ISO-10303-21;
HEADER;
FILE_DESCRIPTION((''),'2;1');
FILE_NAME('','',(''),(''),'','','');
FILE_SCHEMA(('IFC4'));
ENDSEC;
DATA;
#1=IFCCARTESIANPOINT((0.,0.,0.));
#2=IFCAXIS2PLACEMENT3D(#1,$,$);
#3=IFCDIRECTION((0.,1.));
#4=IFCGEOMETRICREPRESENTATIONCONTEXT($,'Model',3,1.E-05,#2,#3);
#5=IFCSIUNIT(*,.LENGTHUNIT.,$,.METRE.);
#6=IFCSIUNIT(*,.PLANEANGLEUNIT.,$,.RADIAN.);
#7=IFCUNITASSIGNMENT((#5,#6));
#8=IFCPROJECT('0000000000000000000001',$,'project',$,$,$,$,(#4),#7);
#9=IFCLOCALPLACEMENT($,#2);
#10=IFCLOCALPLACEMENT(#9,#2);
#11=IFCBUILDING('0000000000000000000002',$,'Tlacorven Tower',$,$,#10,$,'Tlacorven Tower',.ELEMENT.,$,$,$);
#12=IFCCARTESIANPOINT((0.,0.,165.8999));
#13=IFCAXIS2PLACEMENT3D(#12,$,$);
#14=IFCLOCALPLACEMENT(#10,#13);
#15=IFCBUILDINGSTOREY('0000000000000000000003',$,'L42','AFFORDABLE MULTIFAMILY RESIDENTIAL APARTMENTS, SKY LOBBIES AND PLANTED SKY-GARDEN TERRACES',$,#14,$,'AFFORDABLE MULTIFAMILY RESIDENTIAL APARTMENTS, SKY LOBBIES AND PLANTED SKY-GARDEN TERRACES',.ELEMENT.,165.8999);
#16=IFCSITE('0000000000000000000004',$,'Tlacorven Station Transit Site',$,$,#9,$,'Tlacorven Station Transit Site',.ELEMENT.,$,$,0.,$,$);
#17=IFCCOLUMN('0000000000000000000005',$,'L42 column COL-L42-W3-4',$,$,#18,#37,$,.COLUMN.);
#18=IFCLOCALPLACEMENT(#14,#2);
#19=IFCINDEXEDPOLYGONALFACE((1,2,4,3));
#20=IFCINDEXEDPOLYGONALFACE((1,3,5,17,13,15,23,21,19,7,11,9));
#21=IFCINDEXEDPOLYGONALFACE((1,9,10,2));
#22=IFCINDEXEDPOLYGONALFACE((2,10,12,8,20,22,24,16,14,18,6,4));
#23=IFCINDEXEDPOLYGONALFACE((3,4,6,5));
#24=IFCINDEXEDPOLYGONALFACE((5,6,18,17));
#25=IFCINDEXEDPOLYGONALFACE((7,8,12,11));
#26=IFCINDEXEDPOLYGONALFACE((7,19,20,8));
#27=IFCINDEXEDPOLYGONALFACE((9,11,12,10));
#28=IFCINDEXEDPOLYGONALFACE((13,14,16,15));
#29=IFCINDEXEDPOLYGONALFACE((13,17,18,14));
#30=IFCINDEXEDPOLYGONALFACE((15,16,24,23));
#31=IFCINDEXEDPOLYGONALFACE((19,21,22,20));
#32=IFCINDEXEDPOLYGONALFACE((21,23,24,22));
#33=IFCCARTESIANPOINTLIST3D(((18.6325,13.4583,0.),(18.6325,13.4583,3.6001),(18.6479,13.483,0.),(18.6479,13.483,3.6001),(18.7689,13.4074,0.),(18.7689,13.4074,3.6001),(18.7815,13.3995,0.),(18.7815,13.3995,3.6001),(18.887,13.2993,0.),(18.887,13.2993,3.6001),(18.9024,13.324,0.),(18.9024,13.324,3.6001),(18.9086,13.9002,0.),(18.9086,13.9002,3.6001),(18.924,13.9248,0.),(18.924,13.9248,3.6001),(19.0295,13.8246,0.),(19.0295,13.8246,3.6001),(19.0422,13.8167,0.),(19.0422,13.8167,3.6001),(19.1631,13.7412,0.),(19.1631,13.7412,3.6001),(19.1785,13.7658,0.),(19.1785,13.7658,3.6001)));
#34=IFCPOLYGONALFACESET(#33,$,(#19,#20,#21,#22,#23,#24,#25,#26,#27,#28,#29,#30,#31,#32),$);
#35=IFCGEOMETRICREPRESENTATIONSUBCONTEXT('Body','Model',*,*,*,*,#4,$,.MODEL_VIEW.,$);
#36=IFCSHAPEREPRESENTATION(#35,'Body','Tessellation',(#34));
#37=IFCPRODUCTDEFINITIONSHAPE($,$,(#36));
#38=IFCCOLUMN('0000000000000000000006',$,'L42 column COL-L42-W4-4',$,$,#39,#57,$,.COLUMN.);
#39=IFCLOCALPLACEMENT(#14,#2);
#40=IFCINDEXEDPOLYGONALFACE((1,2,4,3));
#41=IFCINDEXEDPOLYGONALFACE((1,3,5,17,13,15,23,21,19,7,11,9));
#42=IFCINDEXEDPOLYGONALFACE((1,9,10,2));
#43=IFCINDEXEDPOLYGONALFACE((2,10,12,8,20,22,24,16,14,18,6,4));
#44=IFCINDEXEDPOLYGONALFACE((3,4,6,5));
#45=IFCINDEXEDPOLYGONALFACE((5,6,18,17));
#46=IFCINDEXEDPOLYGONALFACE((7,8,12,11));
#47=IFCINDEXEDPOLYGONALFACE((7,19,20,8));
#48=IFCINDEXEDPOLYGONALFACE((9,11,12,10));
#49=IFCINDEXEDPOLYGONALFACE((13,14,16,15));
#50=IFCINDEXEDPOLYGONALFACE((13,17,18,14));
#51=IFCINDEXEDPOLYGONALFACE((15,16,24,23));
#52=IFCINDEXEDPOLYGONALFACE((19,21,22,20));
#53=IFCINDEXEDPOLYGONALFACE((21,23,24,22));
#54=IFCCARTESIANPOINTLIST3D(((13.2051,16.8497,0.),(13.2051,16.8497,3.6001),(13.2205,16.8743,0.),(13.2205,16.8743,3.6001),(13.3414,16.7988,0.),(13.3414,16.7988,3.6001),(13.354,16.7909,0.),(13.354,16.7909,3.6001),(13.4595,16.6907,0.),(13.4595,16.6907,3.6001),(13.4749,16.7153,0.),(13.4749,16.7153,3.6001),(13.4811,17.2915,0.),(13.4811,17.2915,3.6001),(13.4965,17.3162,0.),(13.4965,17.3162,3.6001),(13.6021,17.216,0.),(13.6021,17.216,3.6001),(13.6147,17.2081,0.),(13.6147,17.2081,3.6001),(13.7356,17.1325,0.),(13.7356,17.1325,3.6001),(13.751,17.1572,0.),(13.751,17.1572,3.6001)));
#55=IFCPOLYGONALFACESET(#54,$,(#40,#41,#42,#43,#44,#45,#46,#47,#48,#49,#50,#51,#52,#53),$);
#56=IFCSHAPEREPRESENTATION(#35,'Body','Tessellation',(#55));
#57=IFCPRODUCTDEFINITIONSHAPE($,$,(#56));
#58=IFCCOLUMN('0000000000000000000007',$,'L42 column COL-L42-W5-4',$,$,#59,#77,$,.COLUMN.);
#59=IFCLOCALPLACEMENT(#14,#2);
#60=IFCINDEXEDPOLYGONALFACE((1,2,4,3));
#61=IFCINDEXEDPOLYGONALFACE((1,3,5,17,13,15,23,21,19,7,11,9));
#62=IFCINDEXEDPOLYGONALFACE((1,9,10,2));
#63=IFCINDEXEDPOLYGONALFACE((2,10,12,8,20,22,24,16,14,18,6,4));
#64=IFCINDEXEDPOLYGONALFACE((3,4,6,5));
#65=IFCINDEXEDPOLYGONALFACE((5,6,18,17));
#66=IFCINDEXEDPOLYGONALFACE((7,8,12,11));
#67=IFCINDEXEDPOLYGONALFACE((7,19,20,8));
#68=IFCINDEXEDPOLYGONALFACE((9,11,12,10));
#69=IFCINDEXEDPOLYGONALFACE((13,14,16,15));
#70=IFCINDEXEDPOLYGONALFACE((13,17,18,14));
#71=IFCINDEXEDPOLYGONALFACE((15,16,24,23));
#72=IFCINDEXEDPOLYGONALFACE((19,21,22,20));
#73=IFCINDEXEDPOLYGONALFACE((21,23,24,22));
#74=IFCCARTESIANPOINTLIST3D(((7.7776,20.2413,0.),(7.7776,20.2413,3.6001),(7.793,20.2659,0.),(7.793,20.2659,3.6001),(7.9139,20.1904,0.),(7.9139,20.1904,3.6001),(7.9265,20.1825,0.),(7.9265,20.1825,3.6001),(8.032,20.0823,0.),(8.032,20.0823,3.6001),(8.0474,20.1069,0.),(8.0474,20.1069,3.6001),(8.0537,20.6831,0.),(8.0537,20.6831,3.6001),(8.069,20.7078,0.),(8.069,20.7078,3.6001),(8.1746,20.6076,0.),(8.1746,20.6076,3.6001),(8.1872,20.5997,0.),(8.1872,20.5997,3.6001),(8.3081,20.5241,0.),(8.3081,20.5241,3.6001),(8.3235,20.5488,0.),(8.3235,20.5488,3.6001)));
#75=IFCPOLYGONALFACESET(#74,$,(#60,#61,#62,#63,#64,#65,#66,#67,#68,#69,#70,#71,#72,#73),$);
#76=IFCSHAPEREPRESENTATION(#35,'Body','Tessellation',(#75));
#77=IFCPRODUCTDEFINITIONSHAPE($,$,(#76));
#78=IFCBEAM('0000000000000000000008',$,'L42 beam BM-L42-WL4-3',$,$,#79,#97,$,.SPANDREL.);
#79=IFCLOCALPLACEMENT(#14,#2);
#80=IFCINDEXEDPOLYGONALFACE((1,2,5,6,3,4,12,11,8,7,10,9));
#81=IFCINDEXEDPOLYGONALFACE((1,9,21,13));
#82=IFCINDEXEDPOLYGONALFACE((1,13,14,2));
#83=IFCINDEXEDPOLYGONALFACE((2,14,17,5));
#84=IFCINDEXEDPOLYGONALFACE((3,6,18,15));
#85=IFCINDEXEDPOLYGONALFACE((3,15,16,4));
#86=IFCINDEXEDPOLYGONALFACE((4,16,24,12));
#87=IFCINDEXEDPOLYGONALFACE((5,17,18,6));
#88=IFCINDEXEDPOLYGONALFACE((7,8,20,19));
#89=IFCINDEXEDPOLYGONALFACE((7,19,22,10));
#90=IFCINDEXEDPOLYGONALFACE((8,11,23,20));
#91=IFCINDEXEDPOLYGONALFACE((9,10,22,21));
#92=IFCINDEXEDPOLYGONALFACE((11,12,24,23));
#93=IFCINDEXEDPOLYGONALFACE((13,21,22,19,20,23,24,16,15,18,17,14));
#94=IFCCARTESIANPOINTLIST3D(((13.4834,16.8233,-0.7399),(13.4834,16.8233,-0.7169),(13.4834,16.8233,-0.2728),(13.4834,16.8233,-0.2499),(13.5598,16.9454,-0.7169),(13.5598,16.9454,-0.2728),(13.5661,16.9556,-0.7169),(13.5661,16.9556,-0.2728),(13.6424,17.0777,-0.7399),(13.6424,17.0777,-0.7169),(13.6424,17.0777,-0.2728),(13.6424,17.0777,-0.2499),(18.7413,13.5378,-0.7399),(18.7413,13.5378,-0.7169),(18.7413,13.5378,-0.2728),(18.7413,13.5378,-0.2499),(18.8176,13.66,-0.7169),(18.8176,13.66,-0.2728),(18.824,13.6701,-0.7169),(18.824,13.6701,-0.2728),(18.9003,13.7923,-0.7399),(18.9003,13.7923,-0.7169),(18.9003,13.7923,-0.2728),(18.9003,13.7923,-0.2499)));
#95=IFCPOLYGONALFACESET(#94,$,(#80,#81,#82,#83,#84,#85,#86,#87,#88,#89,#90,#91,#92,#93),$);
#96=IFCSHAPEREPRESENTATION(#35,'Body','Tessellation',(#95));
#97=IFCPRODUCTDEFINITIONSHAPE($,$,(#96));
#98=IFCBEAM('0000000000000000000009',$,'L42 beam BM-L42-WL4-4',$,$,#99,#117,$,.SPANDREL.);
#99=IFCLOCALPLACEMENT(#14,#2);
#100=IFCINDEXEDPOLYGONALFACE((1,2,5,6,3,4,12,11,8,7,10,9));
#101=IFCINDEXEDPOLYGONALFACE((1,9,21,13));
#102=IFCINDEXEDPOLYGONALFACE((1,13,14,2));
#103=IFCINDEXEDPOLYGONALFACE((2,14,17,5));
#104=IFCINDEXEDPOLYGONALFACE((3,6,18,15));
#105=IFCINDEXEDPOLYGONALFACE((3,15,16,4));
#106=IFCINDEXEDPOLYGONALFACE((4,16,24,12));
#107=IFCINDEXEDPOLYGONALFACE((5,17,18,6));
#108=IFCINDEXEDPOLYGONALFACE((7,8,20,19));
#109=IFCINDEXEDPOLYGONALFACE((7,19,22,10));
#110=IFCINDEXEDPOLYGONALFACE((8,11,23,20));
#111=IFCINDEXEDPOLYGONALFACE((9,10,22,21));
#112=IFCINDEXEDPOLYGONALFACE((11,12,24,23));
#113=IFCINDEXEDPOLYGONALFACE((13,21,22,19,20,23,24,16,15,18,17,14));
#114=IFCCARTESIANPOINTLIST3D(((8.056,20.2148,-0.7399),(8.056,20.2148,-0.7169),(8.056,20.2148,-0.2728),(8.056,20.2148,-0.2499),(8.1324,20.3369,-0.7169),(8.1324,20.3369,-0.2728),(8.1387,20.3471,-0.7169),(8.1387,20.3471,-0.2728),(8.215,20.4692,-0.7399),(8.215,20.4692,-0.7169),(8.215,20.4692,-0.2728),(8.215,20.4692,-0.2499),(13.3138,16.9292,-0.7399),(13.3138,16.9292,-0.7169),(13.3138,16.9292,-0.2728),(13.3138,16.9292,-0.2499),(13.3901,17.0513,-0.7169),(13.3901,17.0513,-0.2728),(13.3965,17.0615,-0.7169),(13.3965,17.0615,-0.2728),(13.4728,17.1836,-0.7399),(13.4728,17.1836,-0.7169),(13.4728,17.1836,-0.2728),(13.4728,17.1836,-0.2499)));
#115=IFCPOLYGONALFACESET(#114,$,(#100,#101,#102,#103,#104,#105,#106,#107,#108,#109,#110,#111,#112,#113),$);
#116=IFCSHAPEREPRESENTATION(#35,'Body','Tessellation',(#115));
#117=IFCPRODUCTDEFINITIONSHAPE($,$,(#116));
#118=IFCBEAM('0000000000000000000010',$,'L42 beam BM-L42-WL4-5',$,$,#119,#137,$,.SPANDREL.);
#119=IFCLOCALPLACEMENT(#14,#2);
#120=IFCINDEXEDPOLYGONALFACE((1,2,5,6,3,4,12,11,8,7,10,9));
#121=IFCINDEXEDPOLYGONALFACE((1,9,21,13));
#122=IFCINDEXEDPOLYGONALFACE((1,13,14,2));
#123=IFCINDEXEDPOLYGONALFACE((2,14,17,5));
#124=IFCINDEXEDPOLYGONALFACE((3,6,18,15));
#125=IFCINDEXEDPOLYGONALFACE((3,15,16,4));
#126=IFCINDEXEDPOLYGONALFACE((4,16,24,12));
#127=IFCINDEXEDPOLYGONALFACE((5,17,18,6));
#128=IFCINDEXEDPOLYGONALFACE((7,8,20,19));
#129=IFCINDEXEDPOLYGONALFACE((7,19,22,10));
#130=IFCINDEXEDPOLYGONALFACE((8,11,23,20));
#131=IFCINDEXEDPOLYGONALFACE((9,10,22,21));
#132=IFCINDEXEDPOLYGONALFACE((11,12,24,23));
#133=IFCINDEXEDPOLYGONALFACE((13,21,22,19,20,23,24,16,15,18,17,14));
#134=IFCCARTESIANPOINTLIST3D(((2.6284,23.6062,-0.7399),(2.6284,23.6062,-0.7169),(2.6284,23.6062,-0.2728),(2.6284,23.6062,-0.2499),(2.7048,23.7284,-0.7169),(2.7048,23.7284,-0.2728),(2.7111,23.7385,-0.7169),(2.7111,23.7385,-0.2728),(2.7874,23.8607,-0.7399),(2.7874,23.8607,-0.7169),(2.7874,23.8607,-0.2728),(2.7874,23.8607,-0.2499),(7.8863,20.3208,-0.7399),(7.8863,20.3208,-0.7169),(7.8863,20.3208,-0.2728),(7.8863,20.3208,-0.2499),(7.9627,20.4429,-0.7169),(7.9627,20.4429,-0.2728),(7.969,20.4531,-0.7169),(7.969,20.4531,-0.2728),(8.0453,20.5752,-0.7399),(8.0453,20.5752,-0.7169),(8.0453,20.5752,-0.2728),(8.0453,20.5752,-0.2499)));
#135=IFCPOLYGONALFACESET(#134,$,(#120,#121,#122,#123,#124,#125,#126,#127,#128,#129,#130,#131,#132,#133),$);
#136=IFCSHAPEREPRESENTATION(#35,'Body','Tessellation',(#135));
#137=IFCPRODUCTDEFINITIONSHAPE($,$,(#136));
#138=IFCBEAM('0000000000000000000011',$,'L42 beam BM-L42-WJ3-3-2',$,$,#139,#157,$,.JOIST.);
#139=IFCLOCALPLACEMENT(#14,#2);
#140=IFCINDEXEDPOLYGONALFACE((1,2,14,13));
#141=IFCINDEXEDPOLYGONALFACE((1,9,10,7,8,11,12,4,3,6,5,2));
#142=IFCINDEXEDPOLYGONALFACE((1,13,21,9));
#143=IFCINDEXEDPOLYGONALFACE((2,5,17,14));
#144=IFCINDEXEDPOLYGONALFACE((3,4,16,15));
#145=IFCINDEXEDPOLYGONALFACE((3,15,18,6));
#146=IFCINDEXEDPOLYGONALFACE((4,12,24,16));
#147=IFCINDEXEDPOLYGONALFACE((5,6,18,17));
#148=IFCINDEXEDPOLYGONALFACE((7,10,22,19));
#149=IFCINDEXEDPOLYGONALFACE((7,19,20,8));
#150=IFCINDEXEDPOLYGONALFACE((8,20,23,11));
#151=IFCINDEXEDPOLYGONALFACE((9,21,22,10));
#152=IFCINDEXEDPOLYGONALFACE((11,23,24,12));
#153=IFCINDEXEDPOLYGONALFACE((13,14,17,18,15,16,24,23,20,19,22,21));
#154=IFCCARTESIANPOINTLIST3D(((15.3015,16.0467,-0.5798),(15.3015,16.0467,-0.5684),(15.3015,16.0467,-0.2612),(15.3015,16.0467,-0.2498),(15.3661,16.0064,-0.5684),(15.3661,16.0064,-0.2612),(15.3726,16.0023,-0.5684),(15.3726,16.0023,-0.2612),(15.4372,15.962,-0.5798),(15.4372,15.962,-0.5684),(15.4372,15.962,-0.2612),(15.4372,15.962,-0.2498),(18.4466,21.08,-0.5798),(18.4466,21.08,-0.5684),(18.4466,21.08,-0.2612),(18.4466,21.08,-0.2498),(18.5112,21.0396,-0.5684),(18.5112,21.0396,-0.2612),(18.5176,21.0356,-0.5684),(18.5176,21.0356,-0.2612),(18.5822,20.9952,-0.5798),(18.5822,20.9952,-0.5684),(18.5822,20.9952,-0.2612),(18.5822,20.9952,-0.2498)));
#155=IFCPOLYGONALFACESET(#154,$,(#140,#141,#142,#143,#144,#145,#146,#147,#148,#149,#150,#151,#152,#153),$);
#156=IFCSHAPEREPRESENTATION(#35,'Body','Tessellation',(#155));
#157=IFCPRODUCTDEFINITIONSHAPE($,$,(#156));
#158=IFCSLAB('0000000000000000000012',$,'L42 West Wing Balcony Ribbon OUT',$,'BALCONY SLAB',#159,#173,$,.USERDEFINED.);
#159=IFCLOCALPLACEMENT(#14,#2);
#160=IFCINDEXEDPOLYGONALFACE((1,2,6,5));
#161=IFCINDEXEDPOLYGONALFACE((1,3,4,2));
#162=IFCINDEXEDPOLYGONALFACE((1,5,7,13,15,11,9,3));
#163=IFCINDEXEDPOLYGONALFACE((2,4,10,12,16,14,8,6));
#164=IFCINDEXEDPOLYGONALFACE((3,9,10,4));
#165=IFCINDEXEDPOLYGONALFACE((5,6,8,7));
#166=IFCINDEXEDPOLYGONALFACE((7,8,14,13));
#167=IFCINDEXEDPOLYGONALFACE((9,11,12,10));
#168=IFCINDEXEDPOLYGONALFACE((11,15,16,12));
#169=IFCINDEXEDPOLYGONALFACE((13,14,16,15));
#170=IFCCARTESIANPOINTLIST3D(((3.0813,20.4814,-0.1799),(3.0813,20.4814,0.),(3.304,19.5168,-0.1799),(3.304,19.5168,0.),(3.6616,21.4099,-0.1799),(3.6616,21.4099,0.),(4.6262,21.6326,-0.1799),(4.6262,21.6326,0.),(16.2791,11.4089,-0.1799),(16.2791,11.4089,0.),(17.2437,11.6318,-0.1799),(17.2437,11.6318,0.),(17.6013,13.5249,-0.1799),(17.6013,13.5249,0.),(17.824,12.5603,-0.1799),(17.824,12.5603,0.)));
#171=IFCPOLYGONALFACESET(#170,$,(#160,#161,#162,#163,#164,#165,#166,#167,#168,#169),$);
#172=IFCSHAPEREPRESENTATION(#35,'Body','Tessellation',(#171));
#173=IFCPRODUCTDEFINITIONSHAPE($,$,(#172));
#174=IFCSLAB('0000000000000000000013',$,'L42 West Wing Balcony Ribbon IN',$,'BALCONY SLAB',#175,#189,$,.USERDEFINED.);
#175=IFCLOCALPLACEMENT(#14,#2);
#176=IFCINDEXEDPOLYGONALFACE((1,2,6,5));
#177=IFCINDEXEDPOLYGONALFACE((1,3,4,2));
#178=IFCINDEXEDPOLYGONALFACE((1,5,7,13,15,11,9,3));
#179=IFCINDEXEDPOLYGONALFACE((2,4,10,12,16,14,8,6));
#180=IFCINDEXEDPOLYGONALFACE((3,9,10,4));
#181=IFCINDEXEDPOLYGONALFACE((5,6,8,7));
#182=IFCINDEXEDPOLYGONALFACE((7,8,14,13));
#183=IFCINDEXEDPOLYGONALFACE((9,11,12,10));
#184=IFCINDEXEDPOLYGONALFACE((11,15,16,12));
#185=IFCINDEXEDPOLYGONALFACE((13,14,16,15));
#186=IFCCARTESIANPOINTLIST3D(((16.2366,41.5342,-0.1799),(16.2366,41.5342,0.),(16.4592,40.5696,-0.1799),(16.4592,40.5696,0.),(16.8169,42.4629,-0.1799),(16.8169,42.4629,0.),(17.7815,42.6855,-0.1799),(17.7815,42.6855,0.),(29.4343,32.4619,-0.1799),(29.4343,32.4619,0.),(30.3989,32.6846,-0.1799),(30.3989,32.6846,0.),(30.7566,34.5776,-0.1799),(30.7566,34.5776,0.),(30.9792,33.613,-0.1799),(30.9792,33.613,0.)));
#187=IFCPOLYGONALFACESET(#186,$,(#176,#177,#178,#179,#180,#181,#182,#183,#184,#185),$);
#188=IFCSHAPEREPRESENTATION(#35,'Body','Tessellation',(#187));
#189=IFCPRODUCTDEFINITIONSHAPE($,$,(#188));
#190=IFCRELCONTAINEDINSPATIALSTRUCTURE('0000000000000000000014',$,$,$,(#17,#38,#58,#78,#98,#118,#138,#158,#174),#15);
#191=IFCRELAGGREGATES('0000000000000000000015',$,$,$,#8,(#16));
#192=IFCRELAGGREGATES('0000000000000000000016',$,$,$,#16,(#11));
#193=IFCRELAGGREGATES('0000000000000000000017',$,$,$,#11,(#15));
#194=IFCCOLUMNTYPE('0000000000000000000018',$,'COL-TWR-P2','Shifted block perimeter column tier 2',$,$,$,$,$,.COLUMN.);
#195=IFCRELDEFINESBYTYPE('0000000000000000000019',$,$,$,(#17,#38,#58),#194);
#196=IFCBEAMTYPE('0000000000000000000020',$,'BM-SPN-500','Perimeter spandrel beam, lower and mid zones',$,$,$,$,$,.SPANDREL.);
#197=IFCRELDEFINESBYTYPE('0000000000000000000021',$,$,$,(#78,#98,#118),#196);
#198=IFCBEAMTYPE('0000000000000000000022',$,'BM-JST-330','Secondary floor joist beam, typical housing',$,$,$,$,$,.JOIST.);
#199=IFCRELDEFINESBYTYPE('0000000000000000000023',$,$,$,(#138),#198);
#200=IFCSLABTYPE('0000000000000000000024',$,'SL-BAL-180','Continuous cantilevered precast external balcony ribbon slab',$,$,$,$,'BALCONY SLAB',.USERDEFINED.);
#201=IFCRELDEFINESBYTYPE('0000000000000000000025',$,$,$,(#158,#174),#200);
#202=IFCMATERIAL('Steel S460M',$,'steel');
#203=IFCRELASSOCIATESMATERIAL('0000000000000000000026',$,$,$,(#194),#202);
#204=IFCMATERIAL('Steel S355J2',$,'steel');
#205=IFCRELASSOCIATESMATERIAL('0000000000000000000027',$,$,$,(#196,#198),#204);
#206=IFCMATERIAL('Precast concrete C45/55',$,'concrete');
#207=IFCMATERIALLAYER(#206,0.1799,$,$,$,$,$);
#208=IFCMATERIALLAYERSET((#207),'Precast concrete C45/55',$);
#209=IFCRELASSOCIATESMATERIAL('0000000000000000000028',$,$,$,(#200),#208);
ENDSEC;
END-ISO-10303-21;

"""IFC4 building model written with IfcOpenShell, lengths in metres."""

from ifc_helpers import new_model, si_unit, direction, frame, origin, origin_2d, place, context, subcontext, project, spatial, polyline, i_section, outline, extrude, source, transform, mapped, material, layer, layer_set, material_profile, profile_set, type_object, element, save


model = new_model("IFC4")

# Units and contexts
model_context = context("Model", 3, precision=1e-05, world=origin(), true_north=direction((0.0, 1.0)))
body_context = subcontext(model_context, "Body", "Model", "MODEL_VIEW")
ifc_project = project(units=[si_unit("LENGTHUNIT", "METRE"), si_unit("PLANEANGLEUNIT", "RADIAN")], contexts=[model_context])

# Site, building, storey
site_placement = place(None, origin())
site = spatial("IfcSite", under=ifc_project, at=site_placement, Name="Tlacorven Station Transit Site", LongName="Tlacorven Station Transit Site", CompositionType="ELEMENT", RefElevation=0.0)
building_placement = place(site_placement, origin())
building = spatial("IfcBuilding", under=site, at=building_placement, Name="Tlacorven Tower", LongName="Tlacorven Tower", CompositionType="ELEMENT")
storey_placement = place(building_placement, frame((0.0, 0.0, 165.8999)))
storey = spatial("IfcBuildingStorey", under=building, at=storey_placement, Name="L42", Description="AFFORDABLE MULTIFAMILY RESIDENTIAL APARTMENTS, SKY LOBBIES AND PLANTED SKY-GARDEN TERRACES", LongName="AFFORDABLE MULTIFAMILY RESIDENTIAL APARTMENTS, SKY LOBBIES AND PLANTED SKY-GARDEN TERRACES", CompositionType="ELEMENT", Elevation=165.8999)

# Columns
ifc_material_1 = material(Name="Steel S460M", Category="steel")
ifc_material_profile_1 = material_profile(ifc_material_1, i_section(OverallWidth=0.3, OverallDepth=0.55, WebThickness=0.0149, FlangeThickness=0.0291, at=origin_2d()), Name="HEB 550")
ifc_profile_set_1 = profile_set([ifc_material_profile_1], Name="Steel S460M")
column_type = type_object("IfcColumnType", Name="COL-TWR-P2", Description="Shifted block perimeter column tier 2", PredefinedType="COLUMN", material=ifc_profile_set_1)
shared_shape_1 = source(origin(), body_context, "Body", "SweptSolid", [
    extrude(i_section(OverallWidth=0.3, OverallDepth=0.55, WebThickness=0.0149, FlangeThickness=0.0291, at=origin_2d()), origin(), (0.0, 0.0, 1.0), 3.6001),
])
for number, where, z_axis, x_axis, name in (
    (1, (18.9055, 13.6121, 0.0), (0.0, 0.0, 1.0), (-0.848048, 0.529919, 0.0), "L42 column COL-L42-W3-4"),
    (2, (13.478, 17.0034, 0.0), (0.0, 0.0, 1.0), (-0.848048, 0.529919, 0.0), "L42 column COL-L42-W4-4"),
    (3, (8.0505, 20.395, 0.0), (0.0, 0.0, 1.0), (-0.848048, 0.529919, 0.0), "L42 column COL-L42-W5-4"),
):
    element("IfcColumn", number, at=place(storey_placement, frame(where, z_axis=z_axis, x_axis=x_axis)), inside=storey, type_object=column_type, Name=name, PredefinedType="COLUMN", context=body_context, shape_type="MappedRepresentation", body=[
        mapped(shared_shape_1, transform((0.0, 0.0, 0.0), scale=1.0)),
    ])

# Beams
ifc_material_2 = material(Name="Steel S355J2", Category="steel")
ifc_material_profile_2 = material_profile(ifc_material_2, i_section(OverallWidth=0.3, OverallDepth=0.49, WebThickness=0.012, FlangeThickness=0.0229, at=origin_2d()), Name="HEA 500")
ifc_profile_set_2 = profile_set([ifc_material_profile_2], Name="Steel S355J2")
beam_type_1 = type_object("IfcBeamType", Name="BM-SPN-500", Description="Perimeter spandrel beam, lower and mid zones", PredefinedType="SPANDREL", material=ifc_profile_set_2)
shared_shape_2 = source(origin(), body_context, "Body", "SweptSolid", [
    extrude(i_section(OverallWidth=0.3, OverallDepth=0.49, WebThickness=0.012, FlangeThickness=0.0229, at=origin_2d()), origin(), (0.0, 0.0, 1.0), 6.2),
])
for number, where, z_axis, x_axis, name in (
    (4, (18.8208, 13.665, -0.4949), (-0.848051, 0.529914, 0.0), (-0.529914, -0.848051, 0.0), "L42 beam BM-L42-WL4-3"),
    (5, (13.3933, 17.0564, -0.4949), (-0.848034, 0.529942, 0.0), (-0.529942, -0.848034, 0.0), "L42 beam BM-L42-WL4-4"),
    (6, (7.9658, 20.448, -0.4949), (-0.848051, 0.529914, 0.0), (-0.529914, -0.848051, 0.0), "L42 beam BM-L42-WL4-5"),
):
    element("IfcBeam", number, at=place(storey_placement, frame(where, z_axis=z_axis, x_axis=x_axis)), inside=storey, type_object=beam_type_1, Name=name, PredefinedType="SPANDREL", context=body_context, shape_type="MappedRepresentation", body=[
        mapped(shared_shape_2, transform((0.0, 0.0, 0.0), scale=1.0)),
    ])
ifc_material_profile_3 = material_profile(ifc_material_2, i_section(OverallWidth=0.1599, OverallDepth=0.3301, WebThickness=0.0076, FlangeThickness=0.0115, at=origin_2d()), Name="IPE 330")
ifc_profile_set_3 = profile_set([ifc_material_profile_3], Name="Steel S355J2")
beam_type_2 = type_object("IfcBeamType", Name="BM-JST-330", Description="Secondary floor joist beam, typical housing", PredefinedType="JOIST", material=ifc_profile_set_3)
shared_shape_3 = source(origin(), body_context, "Body", "SweptSolid", [
    extrude(i_section(OverallWidth=0.1599, OverallDepth=0.3301, WebThickness=0.0076, FlangeThickness=0.0115, at=origin_2d()), origin(), (0.0, 0.0, 1.0), 5.9351),
])
beam_placement = place(storey_placement, frame((18.5144, 21.0376, -0.4148), z_axis=(-0.52991, -0.848054, 0.0), x_axis=(0.848054, -0.52991, 0.0)))
element("IfcBeam", 7, at=beam_placement, inside=storey, type_object=beam_type_2, Name="L42 beam BM-L42-WJ3-3-2", PredefinedType="JOIST", context=body_context, shape_type="MappedRepresentation", body=[
    mapped(shared_shape_3, transform((0.0, 0.0, 0.0), scale=1.0)),
])

# Slabs
ifc_material_3 = material(Name="Precast concrete C45/55", Category="concrete")
ifc_layer_1 = layer(ifc_material_3, 0.1799)
ifc_layer_set_1 = layer_set([ifc_layer_1], Name="Precast concrete C45/55")
slab_type_1 = type_object("IfcSlabType", Name="SL-BAL-180", Description="Continuous cantilevered precast external balcony ribbon slab", ElementType="BALCONY SLAB", PredefinedType="USERDEFINED", material=ifc_layer_set_1)
slab_1_placement = place(storey_placement, frame((0.0, 0.0, -0.1799)))
element("IfcSlab", 8, at=slab_1_placement, inside=storey, type_object=slab_type_1, Name="L42 West Wing Balcony Ribbon OUT", ObjectType="BALCONY SLAB", PredefinedType="USERDEFINED", context=body_context, shape_type="SweptSolid", body=[
    extrude(outline(polyline([(17.6013, 13.5249), (4.6262, 21.6326), (3.6616, 21.4099), (3.0813, 20.4814), (3.304, 19.5168), (16.2791, 11.4089), (17.2437, 11.6318), (17.824, 12.5603), (17.6013, 13.5249)])), origin(), (0.0, 0.0, 1.0), 0.1799),
])
slab_2_placement = place(storey_placement, frame((0.0, 0.0, -0.1799)))
element("IfcSlab", 9, at=slab_2_placement, inside=storey, type_object=slab_type_1, Name="L42 West Wing Balcony Ribbon IN", ObjectType="BALCONY SLAB", PredefinedType="USERDEFINED", context=body_context, shape_type="SweptSolid", body=[
    extrude(outline(polyline([(30.7566, 34.5776), (17.7815, 42.6855), (16.8169, 42.4629), (16.2366, 41.5342), (16.4592, 40.5696), (29.4343, 32.4619), (30.3989, 32.6846), (30.9792, 33.613), (30.7566, 34.5776)])), origin(), (0.0, 0.0, 1.0), 0.1799),
])

save(model, "model.ifc")
